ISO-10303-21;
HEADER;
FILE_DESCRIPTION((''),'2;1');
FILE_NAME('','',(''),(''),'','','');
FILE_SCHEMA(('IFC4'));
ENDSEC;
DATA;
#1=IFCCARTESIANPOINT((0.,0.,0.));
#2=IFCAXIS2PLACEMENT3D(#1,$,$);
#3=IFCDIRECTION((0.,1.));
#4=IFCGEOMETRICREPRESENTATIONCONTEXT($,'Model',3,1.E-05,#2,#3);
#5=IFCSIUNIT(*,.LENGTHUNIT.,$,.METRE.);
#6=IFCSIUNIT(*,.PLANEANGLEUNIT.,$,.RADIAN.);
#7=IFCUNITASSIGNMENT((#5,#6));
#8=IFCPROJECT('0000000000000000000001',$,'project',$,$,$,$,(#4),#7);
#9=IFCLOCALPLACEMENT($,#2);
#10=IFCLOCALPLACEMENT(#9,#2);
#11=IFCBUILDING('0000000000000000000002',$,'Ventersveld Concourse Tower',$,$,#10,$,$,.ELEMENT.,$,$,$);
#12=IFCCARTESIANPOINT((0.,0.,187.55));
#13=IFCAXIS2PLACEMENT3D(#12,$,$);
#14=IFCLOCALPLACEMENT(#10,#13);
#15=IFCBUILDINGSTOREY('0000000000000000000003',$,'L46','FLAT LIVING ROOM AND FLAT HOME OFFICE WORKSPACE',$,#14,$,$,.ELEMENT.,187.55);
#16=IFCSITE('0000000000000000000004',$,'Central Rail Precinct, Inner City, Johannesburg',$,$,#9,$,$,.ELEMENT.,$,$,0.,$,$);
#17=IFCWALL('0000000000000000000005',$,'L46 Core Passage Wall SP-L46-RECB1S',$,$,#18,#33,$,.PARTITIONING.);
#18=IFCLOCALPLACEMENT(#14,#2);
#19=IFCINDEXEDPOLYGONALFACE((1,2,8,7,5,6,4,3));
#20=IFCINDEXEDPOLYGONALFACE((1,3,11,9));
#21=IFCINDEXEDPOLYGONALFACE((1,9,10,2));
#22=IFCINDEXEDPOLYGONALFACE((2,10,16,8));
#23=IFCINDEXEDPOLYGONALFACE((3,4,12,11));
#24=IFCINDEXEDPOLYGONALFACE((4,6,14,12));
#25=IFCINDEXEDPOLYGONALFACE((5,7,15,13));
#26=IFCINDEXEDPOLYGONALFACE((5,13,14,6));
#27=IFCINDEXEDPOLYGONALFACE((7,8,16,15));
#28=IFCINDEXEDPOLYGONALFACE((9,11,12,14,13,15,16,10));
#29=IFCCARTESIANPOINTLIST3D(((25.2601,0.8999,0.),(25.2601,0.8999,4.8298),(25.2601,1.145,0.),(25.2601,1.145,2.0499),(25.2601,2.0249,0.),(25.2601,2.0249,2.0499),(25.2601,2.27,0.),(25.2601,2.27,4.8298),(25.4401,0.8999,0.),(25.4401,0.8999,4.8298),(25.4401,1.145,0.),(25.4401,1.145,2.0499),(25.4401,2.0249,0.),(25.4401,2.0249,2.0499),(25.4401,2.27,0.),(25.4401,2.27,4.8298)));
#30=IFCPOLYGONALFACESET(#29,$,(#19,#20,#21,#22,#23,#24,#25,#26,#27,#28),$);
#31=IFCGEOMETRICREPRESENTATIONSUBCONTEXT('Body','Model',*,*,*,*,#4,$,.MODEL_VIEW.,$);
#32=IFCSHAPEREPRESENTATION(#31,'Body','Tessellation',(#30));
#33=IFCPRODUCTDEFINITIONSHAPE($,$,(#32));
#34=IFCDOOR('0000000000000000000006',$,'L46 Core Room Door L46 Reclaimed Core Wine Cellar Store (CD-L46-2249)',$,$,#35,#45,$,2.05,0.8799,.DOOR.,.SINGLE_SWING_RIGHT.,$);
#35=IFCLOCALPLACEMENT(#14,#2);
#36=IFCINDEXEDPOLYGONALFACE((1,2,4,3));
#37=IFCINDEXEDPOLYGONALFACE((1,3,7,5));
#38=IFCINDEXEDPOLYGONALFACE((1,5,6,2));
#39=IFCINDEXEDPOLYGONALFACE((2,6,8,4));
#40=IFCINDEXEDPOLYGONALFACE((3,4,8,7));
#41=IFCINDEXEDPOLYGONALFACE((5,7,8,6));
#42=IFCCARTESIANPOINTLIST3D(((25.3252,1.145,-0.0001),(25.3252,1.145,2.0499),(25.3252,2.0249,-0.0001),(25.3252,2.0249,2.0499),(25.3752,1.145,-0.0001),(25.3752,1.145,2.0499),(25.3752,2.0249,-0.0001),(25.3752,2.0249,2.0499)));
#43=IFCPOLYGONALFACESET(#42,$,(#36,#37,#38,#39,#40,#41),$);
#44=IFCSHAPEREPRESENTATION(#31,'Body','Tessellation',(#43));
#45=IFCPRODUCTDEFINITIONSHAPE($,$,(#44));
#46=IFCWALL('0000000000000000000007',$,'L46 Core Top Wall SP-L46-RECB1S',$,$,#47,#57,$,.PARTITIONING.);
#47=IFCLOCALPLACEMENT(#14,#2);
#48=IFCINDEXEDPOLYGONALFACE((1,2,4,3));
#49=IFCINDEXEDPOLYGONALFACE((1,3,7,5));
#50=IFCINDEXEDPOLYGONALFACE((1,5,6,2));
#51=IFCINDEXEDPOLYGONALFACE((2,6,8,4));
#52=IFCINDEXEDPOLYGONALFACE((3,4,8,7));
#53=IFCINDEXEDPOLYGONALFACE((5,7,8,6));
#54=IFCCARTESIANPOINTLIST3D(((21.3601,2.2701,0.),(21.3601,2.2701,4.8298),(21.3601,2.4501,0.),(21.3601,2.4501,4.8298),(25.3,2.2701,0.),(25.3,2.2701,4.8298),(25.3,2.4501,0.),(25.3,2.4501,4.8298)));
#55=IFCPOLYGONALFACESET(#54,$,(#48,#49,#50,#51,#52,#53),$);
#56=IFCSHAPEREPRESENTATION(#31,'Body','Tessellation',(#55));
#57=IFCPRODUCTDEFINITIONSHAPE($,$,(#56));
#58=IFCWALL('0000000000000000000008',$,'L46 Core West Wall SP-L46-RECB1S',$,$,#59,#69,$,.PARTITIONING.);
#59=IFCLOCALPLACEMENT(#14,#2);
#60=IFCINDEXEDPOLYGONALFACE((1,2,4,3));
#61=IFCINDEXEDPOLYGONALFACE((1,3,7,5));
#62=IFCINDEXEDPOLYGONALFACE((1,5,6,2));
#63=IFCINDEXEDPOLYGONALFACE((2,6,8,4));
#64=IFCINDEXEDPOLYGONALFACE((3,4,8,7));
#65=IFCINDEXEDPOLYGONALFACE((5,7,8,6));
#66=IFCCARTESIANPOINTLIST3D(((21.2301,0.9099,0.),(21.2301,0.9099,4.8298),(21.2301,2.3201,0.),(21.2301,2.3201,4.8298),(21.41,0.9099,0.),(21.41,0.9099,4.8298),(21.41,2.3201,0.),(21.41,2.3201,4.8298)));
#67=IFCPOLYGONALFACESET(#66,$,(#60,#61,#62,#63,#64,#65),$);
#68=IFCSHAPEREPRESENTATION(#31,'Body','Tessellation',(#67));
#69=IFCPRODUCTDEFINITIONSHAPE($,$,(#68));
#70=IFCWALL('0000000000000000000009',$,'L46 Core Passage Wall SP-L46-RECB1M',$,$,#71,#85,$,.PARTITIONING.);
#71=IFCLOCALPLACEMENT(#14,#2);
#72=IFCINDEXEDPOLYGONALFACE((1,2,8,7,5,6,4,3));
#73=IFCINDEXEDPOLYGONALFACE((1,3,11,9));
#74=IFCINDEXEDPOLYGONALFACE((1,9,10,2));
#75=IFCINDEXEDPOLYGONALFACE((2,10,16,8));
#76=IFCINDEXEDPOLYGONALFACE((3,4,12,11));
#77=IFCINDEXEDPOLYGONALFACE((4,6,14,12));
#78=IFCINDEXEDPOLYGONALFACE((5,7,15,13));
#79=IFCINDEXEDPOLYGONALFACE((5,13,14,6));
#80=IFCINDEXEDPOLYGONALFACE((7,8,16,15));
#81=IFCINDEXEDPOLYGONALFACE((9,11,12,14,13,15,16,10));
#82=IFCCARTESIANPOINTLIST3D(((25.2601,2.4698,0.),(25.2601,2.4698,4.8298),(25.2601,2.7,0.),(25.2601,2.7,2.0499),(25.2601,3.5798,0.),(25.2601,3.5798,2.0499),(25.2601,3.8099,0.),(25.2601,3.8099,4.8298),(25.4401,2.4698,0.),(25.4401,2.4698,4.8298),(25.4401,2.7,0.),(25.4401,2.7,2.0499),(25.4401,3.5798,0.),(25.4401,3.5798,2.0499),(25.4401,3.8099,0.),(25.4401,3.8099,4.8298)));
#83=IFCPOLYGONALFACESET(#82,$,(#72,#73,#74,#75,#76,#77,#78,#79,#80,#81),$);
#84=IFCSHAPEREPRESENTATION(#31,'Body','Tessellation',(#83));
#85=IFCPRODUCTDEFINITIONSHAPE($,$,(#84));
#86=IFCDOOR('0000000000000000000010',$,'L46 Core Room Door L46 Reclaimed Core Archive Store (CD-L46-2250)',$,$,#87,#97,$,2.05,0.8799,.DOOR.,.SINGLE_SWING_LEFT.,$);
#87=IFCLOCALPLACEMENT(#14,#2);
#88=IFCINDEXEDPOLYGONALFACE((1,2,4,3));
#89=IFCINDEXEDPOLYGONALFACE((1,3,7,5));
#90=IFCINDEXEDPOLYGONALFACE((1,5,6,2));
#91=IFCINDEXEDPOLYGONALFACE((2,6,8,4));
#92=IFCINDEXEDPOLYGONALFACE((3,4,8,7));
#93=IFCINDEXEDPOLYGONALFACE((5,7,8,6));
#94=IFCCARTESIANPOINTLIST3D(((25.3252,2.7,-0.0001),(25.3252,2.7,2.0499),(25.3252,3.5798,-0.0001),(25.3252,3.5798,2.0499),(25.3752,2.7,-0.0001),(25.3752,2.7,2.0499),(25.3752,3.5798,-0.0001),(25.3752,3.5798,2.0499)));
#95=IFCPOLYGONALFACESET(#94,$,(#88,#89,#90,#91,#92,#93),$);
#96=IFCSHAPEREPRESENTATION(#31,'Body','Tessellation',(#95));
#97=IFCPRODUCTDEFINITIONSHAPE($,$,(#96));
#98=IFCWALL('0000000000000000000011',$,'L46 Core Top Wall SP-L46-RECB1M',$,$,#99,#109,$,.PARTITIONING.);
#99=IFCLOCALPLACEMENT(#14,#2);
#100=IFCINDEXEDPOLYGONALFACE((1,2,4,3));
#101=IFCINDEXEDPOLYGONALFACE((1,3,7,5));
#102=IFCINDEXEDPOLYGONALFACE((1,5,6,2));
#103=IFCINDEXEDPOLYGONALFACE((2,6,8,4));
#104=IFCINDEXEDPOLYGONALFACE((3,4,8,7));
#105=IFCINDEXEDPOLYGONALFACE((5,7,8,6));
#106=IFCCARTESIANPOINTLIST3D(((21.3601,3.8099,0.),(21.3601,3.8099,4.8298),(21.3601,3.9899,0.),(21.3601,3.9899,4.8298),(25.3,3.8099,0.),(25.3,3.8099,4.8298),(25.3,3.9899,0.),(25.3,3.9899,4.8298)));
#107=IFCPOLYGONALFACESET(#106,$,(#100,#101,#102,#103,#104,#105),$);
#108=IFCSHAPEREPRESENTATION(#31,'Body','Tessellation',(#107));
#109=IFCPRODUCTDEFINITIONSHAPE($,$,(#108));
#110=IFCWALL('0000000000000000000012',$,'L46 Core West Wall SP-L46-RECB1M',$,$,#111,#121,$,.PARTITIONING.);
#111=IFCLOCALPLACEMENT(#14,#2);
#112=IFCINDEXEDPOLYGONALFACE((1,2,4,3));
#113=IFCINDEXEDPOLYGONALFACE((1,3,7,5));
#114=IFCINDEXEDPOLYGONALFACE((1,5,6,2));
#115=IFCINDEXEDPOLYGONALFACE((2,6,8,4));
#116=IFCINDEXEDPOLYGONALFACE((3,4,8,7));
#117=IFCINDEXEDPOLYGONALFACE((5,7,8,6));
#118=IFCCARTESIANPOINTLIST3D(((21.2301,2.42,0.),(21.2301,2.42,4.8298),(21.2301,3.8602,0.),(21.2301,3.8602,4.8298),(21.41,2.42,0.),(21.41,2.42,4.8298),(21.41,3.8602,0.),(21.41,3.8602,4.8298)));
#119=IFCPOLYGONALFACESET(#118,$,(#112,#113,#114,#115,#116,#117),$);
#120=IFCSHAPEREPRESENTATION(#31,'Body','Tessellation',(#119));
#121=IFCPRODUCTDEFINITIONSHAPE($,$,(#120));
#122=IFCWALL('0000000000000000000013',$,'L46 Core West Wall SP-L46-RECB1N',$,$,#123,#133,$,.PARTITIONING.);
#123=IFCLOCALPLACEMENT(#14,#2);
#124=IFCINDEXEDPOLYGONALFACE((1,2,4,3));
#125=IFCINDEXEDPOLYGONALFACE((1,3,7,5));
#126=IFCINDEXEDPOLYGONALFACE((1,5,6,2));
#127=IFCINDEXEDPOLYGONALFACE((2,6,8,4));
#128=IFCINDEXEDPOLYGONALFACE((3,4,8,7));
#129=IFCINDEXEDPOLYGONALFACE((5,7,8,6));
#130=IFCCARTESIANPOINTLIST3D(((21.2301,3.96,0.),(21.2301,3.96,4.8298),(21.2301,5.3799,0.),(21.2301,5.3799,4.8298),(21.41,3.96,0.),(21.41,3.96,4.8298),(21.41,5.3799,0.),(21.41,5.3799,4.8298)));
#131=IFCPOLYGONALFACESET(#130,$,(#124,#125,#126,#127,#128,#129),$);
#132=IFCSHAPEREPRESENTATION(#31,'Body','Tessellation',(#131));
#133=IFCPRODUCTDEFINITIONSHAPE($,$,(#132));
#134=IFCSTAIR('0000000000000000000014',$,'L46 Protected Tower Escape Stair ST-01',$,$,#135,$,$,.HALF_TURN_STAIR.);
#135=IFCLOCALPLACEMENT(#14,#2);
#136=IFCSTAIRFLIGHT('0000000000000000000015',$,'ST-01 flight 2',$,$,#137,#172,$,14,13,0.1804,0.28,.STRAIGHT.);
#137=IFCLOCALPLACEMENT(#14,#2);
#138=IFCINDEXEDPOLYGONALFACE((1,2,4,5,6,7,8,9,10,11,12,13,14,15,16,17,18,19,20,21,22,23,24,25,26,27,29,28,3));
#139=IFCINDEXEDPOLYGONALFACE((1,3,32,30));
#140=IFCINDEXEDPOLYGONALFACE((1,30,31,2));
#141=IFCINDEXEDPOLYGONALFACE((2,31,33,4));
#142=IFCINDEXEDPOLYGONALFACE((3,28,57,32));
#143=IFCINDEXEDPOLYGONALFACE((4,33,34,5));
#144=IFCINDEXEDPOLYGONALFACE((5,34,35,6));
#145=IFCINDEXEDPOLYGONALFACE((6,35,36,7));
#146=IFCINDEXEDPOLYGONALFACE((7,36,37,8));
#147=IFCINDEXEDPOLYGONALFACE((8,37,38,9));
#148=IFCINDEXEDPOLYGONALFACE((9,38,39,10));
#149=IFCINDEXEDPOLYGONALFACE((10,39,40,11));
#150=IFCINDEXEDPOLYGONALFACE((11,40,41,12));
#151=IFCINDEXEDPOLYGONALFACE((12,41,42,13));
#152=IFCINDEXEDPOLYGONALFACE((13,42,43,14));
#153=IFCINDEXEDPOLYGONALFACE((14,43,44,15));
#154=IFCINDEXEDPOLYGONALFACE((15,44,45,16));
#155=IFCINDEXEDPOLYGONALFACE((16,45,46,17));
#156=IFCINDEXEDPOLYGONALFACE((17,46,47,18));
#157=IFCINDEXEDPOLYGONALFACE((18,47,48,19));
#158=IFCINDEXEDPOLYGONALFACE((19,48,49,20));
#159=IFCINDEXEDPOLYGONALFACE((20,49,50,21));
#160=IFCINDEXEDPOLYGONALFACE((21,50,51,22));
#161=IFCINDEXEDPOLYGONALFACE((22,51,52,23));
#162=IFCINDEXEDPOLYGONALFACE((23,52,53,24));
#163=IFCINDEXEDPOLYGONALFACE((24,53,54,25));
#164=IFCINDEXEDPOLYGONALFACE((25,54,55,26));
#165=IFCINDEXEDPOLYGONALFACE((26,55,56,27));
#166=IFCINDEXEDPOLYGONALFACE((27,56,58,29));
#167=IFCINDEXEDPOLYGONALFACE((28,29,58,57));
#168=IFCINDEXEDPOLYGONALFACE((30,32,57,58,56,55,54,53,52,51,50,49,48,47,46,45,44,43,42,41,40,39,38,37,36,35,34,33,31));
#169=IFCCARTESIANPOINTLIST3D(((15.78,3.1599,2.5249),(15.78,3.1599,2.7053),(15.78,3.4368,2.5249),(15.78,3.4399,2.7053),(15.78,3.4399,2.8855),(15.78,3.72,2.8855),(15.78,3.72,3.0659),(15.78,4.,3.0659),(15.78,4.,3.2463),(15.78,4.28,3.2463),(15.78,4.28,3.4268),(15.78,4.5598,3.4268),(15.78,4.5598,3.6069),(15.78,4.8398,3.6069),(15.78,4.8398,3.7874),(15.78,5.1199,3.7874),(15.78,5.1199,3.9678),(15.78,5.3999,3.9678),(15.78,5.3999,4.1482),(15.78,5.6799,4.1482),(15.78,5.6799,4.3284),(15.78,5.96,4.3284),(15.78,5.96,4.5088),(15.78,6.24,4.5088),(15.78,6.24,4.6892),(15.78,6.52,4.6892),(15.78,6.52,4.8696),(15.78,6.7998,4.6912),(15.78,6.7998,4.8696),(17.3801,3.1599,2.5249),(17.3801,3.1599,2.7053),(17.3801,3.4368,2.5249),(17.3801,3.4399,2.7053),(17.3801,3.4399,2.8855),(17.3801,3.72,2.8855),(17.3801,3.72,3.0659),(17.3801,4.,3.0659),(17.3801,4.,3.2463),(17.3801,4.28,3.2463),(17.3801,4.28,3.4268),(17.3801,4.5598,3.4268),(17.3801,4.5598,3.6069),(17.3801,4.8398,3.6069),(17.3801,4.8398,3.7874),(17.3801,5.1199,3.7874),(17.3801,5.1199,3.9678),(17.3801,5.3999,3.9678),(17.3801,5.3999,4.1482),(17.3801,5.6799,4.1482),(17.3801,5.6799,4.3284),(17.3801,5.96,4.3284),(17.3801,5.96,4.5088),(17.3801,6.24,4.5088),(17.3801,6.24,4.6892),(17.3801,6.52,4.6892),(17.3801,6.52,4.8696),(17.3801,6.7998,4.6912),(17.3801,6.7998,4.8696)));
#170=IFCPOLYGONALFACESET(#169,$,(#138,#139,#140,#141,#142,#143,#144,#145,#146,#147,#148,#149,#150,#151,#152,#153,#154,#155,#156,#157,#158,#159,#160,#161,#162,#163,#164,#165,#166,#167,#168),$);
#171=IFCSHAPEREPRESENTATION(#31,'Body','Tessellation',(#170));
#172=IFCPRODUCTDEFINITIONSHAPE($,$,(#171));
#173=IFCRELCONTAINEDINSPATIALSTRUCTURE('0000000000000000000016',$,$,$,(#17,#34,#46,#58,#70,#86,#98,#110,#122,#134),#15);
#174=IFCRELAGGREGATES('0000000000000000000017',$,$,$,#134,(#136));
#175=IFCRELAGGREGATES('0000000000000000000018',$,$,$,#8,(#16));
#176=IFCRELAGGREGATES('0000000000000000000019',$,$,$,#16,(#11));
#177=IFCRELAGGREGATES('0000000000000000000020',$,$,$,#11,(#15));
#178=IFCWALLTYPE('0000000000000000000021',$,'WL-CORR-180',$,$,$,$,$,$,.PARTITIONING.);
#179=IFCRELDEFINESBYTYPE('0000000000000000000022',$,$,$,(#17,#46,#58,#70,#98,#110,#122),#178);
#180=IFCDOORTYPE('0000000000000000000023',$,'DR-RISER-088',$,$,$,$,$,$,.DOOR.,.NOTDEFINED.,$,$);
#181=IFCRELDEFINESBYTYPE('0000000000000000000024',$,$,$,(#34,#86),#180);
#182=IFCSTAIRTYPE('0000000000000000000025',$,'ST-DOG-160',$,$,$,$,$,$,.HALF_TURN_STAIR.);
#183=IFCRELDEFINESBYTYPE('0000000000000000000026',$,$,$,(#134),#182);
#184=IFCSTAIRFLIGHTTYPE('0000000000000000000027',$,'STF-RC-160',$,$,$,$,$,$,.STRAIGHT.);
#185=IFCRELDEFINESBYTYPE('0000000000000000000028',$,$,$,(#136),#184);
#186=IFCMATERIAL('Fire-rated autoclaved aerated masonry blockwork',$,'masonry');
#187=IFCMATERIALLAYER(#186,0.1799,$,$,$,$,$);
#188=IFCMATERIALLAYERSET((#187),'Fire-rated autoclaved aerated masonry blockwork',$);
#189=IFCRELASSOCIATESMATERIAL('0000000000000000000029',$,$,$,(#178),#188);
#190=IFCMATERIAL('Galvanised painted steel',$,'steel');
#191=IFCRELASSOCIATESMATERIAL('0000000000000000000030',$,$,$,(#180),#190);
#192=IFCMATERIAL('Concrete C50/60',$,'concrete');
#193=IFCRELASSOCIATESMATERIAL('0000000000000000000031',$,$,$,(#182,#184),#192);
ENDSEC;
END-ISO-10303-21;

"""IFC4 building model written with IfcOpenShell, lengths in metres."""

from ifc_helpers import new_model, si_unit, direction, frame, frame_2d, origin, place, context, subcontext, project, spatial, polyline, rectangle, outline, extrude, material, layer, layer_set, type_object, element, fill, aggregate, save


model = new_model("IFC4")

# Units and contexts
model_context = context("Model", 3, precision=1e-05, world=origin(), true_north=direction((0.0, 1.0)))
body_context = subcontext(model_context, "Body", "Model", "MODEL_VIEW")
ifc_project = project(units=[si_unit("LENGTHUNIT", "METRE"), si_unit("PLANEANGLEUNIT", "RADIAN")], contexts=[model_context])

# Site, building, storey
site_placement = place(None, origin())
site = spatial("IfcSite", under=ifc_project, at=site_placement, Name="Central Rail Precinct, Inner City, Johannesburg", CompositionType="ELEMENT", RefElevation=0.0)
building_placement = place(site_placement, origin())
building = spatial("IfcBuilding", under=site, at=building_placement, Name="Ventersveld Concourse Tower", CompositionType="ELEMENT")
storey_placement = place(building_placement, frame((0.0, 0.0, 187.55)))
storey = spatial("IfcBuildingStorey", under=building, at=storey_placement, Name="L46", Description="FLAT LIVING ROOM AND FLAT HOME OFFICE WORKSPACE", CompositionType="ELEMENT", Elevation=187.55)

# Shared definitions
ifc_material_1 = material(Name="Concrete C50/60", Category="concrete")

# Wall, opening, door
ifc_material_2 = material(Name="Fire-rated autoclaved aerated masonry blockwork", Category="masonry")
ifc_layer_1 = layer(ifc_material_2, 0.1799)
ifc_layer_set_1 = layer_set([ifc_layer_1], Name="Fire-rated autoclaved aerated masonry blockwork")
wall_type_1 = type_object("IfcWallType", Name="WL-CORR-180", PredefinedType="PARTITIONING", material=ifc_layer_set_1)
wall_1_placement = place(storey_placement, frame((25.3501, 0.8999, 0.0), z_axis=(0.0, 0.0, 1.0), x_axis=(0.0, 1.0, 0.0)))
wall_1 = element("IfcWall", 1, at=wall_1_placement, inside=storey, type_object=wall_type_1, Name="L46 Core Passage Wall SP-L46-RECB1S", PredefinedType="PARTITIONING", context=body_context, shape_type="SweptSolid", body=[
    extrude(rectangle(XDim=1.3701, YDim=0.1799, at=frame_2d((0.6851, 0.0))), origin(), (0.0, 0.0, 1.0), 4.8298),
])
opening_1_placement = place(wall_1_placement, frame((0.2451, 0.0, 0.0)))
opening_1 = element("IfcOpeningElement", 2, at=opening_1_placement, cuts=wall_1, PredefinedType="OPENING", context=body_context, shape_type="SweptSolid", body=[
    extrude(rectangle(XDim=0.8799, YDim=2.05, at=frame_2d((0.4399, 1.0249))), frame((0.0, 0.1001, 0.0), z_axis=(0.0, -1.0, 0.0), x_axis=(1.0, 0.0, 0.0)), (0.0, 0.0, 1.0), 0.2),
])
ifc_material_3 = material(Name="Galvanised painted steel", Category="steel")
door_type = type_object("IfcDoorType", Name="DR-RISER-088", OperationType="NOTDEFINED", PredefinedType="DOOR", material=ifc_material_3)
door_1_placement = place(opening_1_placement, origin())
door_1 = element("IfcDoor", 3, at=door_1_placement, inside=storey, type_object=door_type, Name="L46 Core Room Door L46 Reclaimed Core Wine Cellar Store (CD-L46-2249)", OperationType="SINGLE_SWING_RIGHT", OverallHeight=2.05, OverallWidth=0.8799, PredefinedType="DOOR", context=body_context, shape_type="SweptSolid", body=[
    extrude(rectangle(XDim=0.8799, YDim=2.05, at=frame_2d((0.4399, 1.0249))), frame((0.0, 0.0249, 0.0), z_axis=(0.0, -1.0, 0.0), x_axis=(1.0, 0.0, 0.0)), (0.0, 0.0, 1.0), 0.05),
])
fill(opening_1, door_1)

# Walls
wall_2_placement = place(storey_placement, frame((21.3601, 2.3601, 0.0), z_axis=(0.0, 0.0, 1.0), x_axis=(1.0, 0.0, 0.0)))
element("IfcWall", 4, at=wall_2_placement, inside=storey, type_object=wall_type_1, Name="L46 Core Top Wall SP-L46-RECB1S", PredefinedType="PARTITIONING", context=body_context, shape_type="SweptSolid", body=[
    extrude(rectangle(XDim=3.9399, YDim=0.1799, at=frame_2d((1.97, 0.0))), origin(), (0.0, 0.0, 1.0), 4.8298),
])
wall_3_placement = place(storey_placement, frame((21.3201, 0.9099, 0.0), z_axis=(0.0, 0.0, 1.0), x_axis=(0.0, 1.0, 0.0)))
element("IfcWall", 5, at=wall_3_placement, inside=storey, type_object=wall_type_1, Name="L46 Core West Wall SP-L46-RECB1S", PredefinedType="PARTITIONING", context=body_context, shape_type="SweptSolid", body=[
    extrude(rectangle(XDim=1.4102, YDim=0.1799, at=frame_2d((0.7051, 0.0))), origin(), (0.0, 0.0, 1.0), 4.8298),
])

# Wall, opening, door
wall_4_placement = place(storey_placement, frame((25.3501, 2.47, 0.0), z_axis=(0.0, 0.0, 1.0), x_axis=(0.0, 1.0, 0.0)))
wall_4 = element("IfcWall", 6, at=wall_4_placement, inside=storey, type_object=wall_type_1, Name="L46 Core Passage Wall SP-L46-RECB1M", PredefinedType="PARTITIONING", context=body_context, shape_type="SweptSolid", body=[
    extrude(rectangle(XDim=1.3401, YDim=0.1799, at=frame_2d((0.6699, 0.0))), origin(), (0.0, 0.0, 1.0), 4.8298),
])
opening_2_placement = place(wall_4_placement, frame((0.23, 0.0, 0.0)))
opening_2 = element("IfcOpeningElement", 7, at=opening_2_placement, cuts=wall_4, PredefinedType="OPENING", context=body_context, shape_type="SweptSolid", body=[
    extrude(rectangle(XDim=0.8799, YDim=2.05, at=frame_2d((0.4399, 1.0249))), frame((0.0, 0.1001, 0.0), z_axis=(0.0, -1.0, 0.0), x_axis=(1.0, 0.0, 0.0)), (0.0, 0.0, 1.0), 0.2),
])
door_2_placement = place(opening_2_placement, origin())
door_2 = element("IfcDoor", 8, at=door_2_placement, inside=storey, type_object=door_type, Name="L46 Core Room Door L46 Reclaimed Core Archive Store (CD-L46-2250)", OperationType="SINGLE_SWING_LEFT", OverallHeight=2.05, OverallWidth=0.8799, PredefinedType="DOOR", context=body_context, shape_type="SweptSolid", body=[
    extrude(rectangle(XDim=0.8799, YDim=2.05, at=frame_2d((0.4399, 1.0249))), frame((0.0, 0.0249, 0.0), z_axis=(0.0, -1.0, 0.0), x_axis=(1.0, 0.0, 0.0)), (0.0, 0.0, 1.0), 0.05),
])
fill(opening_2, door_2)

# Walls
wall_5_placement = place(storey_placement, frame((21.3601, 3.8999, 0.0), z_axis=(0.0, 0.0, 1.0), x_axis=(1.0, 0.0, 0.0)))
element("IfcWall", 9, at=wall_5_placement, inside=storey, type_object=wall_type_1, Name="L46 Core Top Wall SP-L46-RECB1M", PredefinedType="PARTITIONING", context=body_context, shape_type="SweptSolid", body=[
    extrude(rectangle(XDim=3.9399, YDim=0.1799, at=frame_2d((1.97, 0.0))), origin(), (0.0, 0.0, 1.0), 4.8298),
])
wall_6_placement = place(storey_placement, frame((21.3201, 2.4199, 0.0), z_axis=(0.0, 0.0, 1.0), x_axis=(0.0, 1.0, 0.0)))
element("IfcWall", 10, at=wall_6_placement, inside=storey, type_object=wall_type_1, Name="L46 Core West Wall SP-L46-RECB1M", PredefinedType="PARTITIONING", context=body_context, shape_type="SweptSolid", body=[
    extrude(rectangle(XDim=1.4402, YDim=0.1799, at=frame_2d((0.7202, 0.0))), origin(), (0.0, 0.0, 1.0), 4.8298),
])
wall_7_placement = place(storey_placement, frame((21.3201, 3.96, 0.0), z_axis=(0.0, 0.0, 1.0), x_axis=(0.0, 1.0, 0.0)))
element("IfcWall", 11, at=wall_7_placement, inside=storey, type_object=wall_type_1, Name="L46 Core West Wall SP-L46-RECB1N", PredefinedType="PARTITIONING", context=body_context, shape_type="SweptSolid", body=[
    extrude(rectangle(XDim=1.4199, YDim=0.1799, at=frame_2d((0.71, 0.0))), origin(), (0.0, 0.0, 1.0), 4.8298),
])

# Stair, stair flight
stair_type = type_object("IfcStairType", Name="ST-DOG-160", PredefinedType="HALF_TURN_STAIR", material=ifc_material_1)
stair_placement = place(storey_placement, origin())
stair = element("IfcStair", 12, at=stair_placement, inside=storey, type_object=stair_type, Name="L46 Protected Tower Escape Stair ST-01", PredefinedType="HALF_TURN_STAIR")
stair_flight_type = type_object("IfcStairFlightType", Name="STF-RC-160", PredefinedType="STRAIGHT", material=ifc_material_1)
stair_flight_placement = place(storey_placement, frame((16.5801, 3.1599, 2.5249), z_axis=(0.0, 0.0, 1.0), x_axis=(0.0, 1.0, 0.0)))
stair_flight = element("IfcStairFlight", 13, at=stair_flight_placement, type_object=stair_flight_type, Name="ST-01 flight 2", NumberOfRisers=14, NumberOfTreads=13, PredefinedType="STRAIGHT", RiserHeight=0.1804, TreadLength=0.28, context=body_context, shape_type="SweptSolid", body=[
    extrude(outline(polyline([(0.0, 0.0), (0.0, 0.1804), (0.28, 0.1804), (0.28, 0.3606), (0.5601, 0.3606), (0.5601, 0.541), (0.8401, 0.541), (0.8401, 0.7214), (1.1201, 0.7214), (1.1201, 0.9019), (1.3999, 0.9019), (1.3999, 1.082), (1.6799, 1.082), (1.6799, 1.2625), (1.96, 1.2625), (1.96, 1.4429), (2.24, 1.4429), (2.24, 1.6233), (2.52, 1.6233), (2.52, 1.8035), (2.8, 1.8035), (2.8, 1.9839), (3.0801, 1.9839), (3.0801, 2.1643), (3.3601, 2.1643), (3.3601, 2.3447), (3.6399, 2.3447), (3.6399, 2.5249), (3.6399, 2.1663), (0.2769, 0.0), (0.0, 0.0)])), frame((0.0, 0.8, 0.0), z_axis=(0.0, -1.0, 0.0), x_axis=(1.0, 0.0, 0.0)), (0.0, 0.0, 1.0), 1.6001),
])
aggregate(stair, [stair_flight])

save(model, "model.ifc")
